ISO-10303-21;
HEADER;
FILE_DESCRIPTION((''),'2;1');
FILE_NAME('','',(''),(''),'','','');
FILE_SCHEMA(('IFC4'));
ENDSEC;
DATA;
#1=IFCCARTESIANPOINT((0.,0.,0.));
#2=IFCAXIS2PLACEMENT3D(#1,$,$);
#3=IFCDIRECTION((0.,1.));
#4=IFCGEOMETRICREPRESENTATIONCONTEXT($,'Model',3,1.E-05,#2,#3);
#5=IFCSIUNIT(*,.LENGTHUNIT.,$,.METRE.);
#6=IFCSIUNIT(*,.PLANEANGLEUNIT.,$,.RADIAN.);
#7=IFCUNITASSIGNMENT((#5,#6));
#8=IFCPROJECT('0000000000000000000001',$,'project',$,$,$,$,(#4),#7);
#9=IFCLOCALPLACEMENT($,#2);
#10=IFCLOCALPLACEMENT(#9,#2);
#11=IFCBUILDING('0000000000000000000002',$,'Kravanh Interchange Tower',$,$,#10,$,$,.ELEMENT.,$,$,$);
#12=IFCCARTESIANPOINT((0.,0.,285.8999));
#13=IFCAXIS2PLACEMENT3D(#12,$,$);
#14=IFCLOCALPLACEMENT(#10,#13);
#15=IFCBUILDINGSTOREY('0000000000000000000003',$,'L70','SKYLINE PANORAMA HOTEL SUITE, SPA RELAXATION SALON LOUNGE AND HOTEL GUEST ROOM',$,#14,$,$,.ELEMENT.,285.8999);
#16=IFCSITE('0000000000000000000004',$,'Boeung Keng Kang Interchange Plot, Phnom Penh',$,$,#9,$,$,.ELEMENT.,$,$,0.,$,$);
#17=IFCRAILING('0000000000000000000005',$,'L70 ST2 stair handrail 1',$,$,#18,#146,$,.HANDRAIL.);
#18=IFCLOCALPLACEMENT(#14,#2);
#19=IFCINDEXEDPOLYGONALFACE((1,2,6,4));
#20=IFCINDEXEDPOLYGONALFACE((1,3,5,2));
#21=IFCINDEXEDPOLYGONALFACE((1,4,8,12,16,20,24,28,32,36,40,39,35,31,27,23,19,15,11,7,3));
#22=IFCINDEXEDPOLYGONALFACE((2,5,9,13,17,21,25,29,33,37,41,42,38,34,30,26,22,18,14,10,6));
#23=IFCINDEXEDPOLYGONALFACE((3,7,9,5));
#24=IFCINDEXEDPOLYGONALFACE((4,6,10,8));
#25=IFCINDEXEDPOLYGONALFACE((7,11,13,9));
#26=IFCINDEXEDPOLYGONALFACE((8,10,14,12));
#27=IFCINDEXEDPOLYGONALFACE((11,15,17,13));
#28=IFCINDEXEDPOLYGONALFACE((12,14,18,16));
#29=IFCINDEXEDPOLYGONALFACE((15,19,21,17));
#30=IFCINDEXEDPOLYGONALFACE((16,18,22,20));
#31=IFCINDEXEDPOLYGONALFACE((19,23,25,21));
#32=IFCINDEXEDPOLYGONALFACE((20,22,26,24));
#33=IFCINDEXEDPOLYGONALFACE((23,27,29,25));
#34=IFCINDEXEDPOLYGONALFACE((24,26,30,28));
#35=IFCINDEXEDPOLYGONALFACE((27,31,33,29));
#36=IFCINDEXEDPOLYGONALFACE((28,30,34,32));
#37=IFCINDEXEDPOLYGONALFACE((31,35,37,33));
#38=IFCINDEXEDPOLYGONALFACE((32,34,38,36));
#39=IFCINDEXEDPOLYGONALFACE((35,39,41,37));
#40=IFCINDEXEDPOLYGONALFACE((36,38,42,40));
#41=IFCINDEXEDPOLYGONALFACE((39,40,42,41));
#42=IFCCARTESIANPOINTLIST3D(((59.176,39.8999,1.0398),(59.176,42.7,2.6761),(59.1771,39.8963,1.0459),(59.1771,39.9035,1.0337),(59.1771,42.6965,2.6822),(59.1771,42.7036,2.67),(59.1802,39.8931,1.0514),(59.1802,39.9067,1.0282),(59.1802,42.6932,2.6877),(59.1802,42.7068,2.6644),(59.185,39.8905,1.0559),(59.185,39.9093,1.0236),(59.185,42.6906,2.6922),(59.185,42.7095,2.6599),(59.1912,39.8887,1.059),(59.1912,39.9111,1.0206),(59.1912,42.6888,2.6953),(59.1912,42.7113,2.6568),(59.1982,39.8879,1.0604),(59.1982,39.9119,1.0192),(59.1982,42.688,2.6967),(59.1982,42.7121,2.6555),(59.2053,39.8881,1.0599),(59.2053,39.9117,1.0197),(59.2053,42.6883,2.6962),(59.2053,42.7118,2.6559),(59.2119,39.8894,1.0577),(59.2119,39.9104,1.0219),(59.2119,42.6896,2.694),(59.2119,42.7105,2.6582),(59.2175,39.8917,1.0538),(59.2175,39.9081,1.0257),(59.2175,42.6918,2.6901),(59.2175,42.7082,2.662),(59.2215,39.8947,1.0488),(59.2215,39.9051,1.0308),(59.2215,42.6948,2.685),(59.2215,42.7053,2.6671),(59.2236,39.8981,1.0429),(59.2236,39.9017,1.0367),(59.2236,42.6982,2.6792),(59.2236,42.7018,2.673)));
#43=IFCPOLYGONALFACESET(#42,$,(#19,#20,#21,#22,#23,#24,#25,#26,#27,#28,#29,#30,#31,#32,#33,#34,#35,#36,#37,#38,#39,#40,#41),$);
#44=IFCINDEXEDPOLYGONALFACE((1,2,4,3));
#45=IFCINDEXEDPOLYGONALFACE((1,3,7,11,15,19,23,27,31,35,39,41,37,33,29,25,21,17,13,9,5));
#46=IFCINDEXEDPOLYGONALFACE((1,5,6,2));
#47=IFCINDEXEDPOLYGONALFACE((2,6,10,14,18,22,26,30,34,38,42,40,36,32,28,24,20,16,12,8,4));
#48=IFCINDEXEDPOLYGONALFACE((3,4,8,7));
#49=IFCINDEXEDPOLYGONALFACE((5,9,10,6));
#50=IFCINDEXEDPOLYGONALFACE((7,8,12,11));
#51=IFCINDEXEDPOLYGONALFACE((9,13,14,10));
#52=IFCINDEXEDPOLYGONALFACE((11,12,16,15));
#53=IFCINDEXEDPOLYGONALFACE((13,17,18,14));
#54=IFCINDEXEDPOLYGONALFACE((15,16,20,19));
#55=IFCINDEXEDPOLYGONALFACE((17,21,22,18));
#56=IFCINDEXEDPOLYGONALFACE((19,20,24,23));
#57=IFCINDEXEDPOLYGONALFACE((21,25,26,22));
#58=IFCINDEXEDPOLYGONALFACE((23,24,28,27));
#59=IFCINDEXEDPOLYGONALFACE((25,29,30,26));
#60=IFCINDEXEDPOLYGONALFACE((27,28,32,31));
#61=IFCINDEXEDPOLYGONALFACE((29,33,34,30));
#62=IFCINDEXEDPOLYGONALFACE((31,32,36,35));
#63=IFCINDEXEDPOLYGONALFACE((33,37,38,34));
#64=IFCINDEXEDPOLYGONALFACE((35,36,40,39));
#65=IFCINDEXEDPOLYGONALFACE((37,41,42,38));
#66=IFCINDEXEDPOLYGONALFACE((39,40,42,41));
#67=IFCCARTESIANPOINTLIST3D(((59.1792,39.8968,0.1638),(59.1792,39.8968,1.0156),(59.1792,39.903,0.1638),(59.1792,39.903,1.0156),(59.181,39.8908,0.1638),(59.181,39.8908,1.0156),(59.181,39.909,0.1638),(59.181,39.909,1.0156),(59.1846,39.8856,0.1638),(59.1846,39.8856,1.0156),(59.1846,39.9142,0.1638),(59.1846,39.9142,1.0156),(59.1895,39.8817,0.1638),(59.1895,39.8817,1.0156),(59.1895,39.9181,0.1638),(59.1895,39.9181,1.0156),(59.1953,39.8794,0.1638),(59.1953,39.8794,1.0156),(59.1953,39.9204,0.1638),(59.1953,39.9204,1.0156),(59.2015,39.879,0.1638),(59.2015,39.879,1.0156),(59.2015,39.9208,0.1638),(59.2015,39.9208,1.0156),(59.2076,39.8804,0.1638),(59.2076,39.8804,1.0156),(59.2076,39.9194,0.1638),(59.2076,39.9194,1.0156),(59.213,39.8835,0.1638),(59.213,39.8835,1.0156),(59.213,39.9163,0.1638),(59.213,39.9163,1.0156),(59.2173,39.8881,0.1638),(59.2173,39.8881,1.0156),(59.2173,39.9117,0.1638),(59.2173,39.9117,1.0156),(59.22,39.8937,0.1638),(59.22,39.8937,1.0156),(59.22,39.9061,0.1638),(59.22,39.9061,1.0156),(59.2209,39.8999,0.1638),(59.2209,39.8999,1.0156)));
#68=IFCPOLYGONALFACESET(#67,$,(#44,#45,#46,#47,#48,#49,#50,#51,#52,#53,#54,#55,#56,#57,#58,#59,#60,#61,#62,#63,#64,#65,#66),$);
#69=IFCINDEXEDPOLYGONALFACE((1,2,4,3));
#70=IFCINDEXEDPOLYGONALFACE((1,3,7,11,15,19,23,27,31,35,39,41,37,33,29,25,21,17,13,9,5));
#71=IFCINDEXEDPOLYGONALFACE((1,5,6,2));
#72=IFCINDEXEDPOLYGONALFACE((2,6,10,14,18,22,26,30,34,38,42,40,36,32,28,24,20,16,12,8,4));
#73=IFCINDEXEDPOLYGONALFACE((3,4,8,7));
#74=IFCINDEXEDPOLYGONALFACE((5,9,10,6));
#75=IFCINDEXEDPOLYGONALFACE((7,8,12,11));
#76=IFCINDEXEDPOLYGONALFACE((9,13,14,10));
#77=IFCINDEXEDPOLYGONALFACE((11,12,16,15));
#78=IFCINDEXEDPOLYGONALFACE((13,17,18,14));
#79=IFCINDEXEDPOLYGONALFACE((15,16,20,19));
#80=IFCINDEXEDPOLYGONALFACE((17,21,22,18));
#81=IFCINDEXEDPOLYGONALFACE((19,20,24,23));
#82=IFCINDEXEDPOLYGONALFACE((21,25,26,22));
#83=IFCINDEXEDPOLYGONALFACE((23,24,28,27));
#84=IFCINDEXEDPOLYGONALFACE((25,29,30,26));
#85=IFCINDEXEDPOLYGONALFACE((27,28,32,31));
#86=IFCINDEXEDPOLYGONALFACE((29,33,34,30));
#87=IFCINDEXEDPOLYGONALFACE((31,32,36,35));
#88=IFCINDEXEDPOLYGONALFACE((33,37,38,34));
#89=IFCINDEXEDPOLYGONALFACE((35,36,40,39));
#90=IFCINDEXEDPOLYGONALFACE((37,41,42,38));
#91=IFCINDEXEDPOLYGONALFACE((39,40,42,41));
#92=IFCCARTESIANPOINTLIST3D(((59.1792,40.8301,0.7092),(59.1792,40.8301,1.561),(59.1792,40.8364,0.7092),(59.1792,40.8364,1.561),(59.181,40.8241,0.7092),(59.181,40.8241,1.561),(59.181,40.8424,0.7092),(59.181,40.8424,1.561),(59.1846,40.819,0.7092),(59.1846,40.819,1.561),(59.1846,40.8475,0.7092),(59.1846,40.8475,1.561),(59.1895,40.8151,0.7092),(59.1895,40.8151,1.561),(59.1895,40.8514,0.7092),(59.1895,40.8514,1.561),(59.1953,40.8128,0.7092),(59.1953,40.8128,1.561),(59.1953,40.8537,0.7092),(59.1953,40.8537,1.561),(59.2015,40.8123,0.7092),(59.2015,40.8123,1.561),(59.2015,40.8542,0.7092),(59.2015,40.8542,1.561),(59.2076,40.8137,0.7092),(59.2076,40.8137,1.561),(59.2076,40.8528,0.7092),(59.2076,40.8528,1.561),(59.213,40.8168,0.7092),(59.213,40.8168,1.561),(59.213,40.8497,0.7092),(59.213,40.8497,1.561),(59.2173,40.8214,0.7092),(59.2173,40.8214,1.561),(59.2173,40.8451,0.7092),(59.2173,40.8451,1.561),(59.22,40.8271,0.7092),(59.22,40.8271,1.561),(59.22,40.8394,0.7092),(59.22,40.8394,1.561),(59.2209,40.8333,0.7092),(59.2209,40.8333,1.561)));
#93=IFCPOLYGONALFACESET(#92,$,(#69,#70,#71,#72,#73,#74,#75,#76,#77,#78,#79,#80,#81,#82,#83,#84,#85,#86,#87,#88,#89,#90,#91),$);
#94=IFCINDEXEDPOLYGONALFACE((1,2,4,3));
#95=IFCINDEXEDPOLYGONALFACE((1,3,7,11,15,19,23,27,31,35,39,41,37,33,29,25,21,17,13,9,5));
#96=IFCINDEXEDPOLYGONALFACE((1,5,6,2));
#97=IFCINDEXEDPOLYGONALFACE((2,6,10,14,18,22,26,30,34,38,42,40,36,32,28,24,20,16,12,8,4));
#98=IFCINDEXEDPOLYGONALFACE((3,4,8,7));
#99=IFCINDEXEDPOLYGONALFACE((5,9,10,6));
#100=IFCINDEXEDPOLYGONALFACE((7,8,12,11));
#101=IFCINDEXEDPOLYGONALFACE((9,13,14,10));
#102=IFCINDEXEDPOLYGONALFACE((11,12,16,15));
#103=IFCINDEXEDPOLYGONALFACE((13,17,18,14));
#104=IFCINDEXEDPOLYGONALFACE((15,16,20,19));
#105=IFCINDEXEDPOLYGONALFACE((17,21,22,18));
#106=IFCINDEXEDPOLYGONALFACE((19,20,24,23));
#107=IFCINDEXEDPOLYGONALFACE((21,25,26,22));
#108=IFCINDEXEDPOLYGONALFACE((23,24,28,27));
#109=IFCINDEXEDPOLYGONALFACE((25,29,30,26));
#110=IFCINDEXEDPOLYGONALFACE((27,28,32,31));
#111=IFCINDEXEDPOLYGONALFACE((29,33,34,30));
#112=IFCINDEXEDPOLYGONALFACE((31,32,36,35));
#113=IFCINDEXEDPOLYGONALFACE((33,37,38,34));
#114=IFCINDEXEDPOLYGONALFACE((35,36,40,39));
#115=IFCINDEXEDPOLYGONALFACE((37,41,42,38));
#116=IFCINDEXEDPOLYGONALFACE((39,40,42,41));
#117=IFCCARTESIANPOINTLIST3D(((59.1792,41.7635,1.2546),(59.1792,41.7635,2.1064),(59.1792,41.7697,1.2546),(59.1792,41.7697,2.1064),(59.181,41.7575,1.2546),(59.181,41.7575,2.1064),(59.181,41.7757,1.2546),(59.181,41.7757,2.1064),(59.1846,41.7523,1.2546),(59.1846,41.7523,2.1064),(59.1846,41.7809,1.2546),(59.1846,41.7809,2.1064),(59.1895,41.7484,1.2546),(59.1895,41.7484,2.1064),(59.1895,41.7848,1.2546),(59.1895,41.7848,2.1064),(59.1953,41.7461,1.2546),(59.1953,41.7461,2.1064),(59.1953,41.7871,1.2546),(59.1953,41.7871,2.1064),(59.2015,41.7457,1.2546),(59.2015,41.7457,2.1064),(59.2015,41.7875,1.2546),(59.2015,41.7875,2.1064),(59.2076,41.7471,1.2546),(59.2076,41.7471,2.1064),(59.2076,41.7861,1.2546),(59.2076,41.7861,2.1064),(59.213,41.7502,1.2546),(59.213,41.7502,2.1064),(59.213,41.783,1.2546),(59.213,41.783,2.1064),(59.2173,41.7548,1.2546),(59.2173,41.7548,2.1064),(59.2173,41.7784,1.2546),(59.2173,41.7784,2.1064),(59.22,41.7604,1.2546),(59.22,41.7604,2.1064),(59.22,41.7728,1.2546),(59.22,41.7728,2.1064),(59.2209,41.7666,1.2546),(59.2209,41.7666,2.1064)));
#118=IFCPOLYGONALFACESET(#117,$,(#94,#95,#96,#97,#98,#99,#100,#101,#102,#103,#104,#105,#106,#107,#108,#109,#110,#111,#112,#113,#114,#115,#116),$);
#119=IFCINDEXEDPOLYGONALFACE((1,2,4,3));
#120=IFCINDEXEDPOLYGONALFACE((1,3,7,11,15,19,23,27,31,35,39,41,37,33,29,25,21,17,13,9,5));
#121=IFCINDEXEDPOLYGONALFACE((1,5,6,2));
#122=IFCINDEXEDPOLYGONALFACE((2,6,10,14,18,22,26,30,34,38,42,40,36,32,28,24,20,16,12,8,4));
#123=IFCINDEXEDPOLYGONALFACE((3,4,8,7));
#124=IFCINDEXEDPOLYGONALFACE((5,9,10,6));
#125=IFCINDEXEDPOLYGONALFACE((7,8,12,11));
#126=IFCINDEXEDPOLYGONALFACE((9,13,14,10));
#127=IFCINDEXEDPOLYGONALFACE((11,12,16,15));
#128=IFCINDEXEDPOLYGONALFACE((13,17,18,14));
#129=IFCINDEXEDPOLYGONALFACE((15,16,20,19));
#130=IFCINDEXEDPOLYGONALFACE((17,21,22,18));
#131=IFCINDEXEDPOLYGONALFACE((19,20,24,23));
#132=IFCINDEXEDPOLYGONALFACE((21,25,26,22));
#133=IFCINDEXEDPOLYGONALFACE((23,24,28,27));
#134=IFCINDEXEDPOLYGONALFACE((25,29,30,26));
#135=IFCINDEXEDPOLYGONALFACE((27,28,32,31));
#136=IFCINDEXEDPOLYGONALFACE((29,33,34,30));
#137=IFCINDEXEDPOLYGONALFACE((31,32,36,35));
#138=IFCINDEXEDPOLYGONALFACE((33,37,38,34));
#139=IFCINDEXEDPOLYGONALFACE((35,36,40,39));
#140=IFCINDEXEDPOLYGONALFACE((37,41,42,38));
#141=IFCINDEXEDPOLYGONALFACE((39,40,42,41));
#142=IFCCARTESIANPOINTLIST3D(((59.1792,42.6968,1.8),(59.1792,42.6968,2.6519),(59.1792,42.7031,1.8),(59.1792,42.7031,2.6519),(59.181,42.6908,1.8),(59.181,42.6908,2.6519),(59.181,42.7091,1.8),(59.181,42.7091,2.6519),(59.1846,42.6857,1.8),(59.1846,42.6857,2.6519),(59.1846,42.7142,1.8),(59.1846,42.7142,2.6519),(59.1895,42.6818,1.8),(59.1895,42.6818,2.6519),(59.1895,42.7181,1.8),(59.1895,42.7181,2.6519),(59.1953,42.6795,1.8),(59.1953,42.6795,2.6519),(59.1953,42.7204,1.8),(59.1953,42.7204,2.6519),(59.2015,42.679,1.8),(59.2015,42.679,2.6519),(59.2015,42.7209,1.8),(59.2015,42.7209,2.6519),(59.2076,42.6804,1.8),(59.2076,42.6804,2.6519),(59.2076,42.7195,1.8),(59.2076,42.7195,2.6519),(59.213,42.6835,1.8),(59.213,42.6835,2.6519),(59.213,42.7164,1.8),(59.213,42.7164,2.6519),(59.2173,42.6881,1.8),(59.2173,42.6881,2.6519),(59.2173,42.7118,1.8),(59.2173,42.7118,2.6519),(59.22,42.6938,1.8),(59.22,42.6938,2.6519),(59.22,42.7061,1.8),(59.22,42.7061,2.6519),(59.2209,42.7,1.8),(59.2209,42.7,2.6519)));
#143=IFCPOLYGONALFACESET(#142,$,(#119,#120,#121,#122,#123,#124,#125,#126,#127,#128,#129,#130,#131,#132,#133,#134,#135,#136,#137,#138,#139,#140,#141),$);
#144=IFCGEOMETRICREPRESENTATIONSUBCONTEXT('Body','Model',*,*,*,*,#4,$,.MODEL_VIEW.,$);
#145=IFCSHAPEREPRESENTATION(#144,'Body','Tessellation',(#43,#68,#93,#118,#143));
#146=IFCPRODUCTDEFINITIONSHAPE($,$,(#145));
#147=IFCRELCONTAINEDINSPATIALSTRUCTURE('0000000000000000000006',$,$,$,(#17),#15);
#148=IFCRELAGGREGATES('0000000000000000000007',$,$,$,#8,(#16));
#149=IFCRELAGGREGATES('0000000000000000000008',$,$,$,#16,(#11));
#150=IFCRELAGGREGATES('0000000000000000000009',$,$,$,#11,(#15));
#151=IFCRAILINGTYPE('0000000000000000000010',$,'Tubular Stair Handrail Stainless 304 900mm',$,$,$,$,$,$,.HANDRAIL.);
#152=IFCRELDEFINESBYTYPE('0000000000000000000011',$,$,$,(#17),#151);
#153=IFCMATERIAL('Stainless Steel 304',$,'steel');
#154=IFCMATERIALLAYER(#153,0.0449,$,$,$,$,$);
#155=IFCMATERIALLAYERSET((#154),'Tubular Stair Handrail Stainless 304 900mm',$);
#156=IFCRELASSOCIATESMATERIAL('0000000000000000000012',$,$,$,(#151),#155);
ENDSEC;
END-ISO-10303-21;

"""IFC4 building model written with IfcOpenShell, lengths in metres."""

from ifc_helpers import new_model, si_unit, direction, frame, origin, origin_2d, place, context, subcontext, project, spatial, circle, extrude, material, layer, layer_set, type_object, element, save


model = new_model("IFC4")

# Units and contexts
model_context = context("Model", 3, precision=1e-05, world=origin(), true_north=direction((0.0, 1.0)))
body_context = subcontext(model_context, "Body", "Model", "MODEL_VIEW")
ifc_project = project(units=[si_unit("LENGTHUNIT", "METRE"), si_unit("PLANEANGLEUNIT", "RADIAN")], contexts=[model_context])

# Site, building, storey
site_placement = place(None, origin())
site = spatial("IfcSite", under=ifc_project, at=site_placement, Name="Boeung Keng Kang Interchange Plot, Phnom Penh", CompositionType="ELEMENT", RefElevation=0.0)
building_placement = place(site_placement, origin())
building = spatial("IfcBuilding", under=site, at=building_placement, Name="Kravanh Interchange Tower", CompositionType="ELEMENT")
storey_placement = place(building_placement, frame((0.0, 0.0, 285.8999)))
storey = spatial("IfcBuildingStorey", under=building, at=storey_placement, Name="L70", Description="SKYLINE PANORAMA HOTEL SUITE, SPA RELAXATION SALON LOUNGE AND HOTEL GUEST ROOM", CompositionType="ELEMENT", Elevation=285.8999)

# Railing
ifc_material_1 = material(Name="Stainless Steel 304", Category="steel")
ifc_layer_1 = layer(ifc_material_1, 0.0449)
ifc_layer_set_1 = layer_set([ifc_layer_1], Name="Tubular Stair Handrail Stainless 304 900mm")
railing_type_1 = type_object("IfcRailingType", Name="Tubular Stair Handrail Stainless 304 900mm", PredefinedType="HANDRAIL", material=ifc_layer_set_1)
railing_1_placement = place(storey_placement, frame((59.2, 39.8999, 0.1638)))
element("IfcRailing", 1, at=railing_1_placement, inside=storey, type_object=railing_type_1, Name="L70 ST2 stair handrail 1", PredefinedType="HANDRAIL", context=body_context, shape_type="SweptSolid", body=[
    extrude(circle(Radius=0.0239, at=origin_2d()), frame((0.0, 0.0, 0.876), z_axis=(0.0, 0.863394, 0.504531), x_axis=(-1.0, 0.0, 0.0)), (0.0, 0.0, 1.0), 3.2432),
    extrude(circle(Radius=0.021, at=origin_2d()), origin(), (0.0, 0.0, 1.0), 0.8518),
    extrude(circle(Radius=0.021, at=origin_2d()), frame((0.0, 0.9333, 0.5454)), (0.0, 0.0, 1.0), 0.8518),
    extrude(circle(Radius=0.021, at=origin_2d()), frame((0.0, 1.8667, 1.0908)), (0.0, 0.0, 1.0), 0.8518),
    extrude(circle(Radius=0.021, at=origin_2d()), frame((0.0, 2.8, 1.6362)), (0.0, 0.0, 1.0), 0.8518),
])

save(model, "model.ifc")
